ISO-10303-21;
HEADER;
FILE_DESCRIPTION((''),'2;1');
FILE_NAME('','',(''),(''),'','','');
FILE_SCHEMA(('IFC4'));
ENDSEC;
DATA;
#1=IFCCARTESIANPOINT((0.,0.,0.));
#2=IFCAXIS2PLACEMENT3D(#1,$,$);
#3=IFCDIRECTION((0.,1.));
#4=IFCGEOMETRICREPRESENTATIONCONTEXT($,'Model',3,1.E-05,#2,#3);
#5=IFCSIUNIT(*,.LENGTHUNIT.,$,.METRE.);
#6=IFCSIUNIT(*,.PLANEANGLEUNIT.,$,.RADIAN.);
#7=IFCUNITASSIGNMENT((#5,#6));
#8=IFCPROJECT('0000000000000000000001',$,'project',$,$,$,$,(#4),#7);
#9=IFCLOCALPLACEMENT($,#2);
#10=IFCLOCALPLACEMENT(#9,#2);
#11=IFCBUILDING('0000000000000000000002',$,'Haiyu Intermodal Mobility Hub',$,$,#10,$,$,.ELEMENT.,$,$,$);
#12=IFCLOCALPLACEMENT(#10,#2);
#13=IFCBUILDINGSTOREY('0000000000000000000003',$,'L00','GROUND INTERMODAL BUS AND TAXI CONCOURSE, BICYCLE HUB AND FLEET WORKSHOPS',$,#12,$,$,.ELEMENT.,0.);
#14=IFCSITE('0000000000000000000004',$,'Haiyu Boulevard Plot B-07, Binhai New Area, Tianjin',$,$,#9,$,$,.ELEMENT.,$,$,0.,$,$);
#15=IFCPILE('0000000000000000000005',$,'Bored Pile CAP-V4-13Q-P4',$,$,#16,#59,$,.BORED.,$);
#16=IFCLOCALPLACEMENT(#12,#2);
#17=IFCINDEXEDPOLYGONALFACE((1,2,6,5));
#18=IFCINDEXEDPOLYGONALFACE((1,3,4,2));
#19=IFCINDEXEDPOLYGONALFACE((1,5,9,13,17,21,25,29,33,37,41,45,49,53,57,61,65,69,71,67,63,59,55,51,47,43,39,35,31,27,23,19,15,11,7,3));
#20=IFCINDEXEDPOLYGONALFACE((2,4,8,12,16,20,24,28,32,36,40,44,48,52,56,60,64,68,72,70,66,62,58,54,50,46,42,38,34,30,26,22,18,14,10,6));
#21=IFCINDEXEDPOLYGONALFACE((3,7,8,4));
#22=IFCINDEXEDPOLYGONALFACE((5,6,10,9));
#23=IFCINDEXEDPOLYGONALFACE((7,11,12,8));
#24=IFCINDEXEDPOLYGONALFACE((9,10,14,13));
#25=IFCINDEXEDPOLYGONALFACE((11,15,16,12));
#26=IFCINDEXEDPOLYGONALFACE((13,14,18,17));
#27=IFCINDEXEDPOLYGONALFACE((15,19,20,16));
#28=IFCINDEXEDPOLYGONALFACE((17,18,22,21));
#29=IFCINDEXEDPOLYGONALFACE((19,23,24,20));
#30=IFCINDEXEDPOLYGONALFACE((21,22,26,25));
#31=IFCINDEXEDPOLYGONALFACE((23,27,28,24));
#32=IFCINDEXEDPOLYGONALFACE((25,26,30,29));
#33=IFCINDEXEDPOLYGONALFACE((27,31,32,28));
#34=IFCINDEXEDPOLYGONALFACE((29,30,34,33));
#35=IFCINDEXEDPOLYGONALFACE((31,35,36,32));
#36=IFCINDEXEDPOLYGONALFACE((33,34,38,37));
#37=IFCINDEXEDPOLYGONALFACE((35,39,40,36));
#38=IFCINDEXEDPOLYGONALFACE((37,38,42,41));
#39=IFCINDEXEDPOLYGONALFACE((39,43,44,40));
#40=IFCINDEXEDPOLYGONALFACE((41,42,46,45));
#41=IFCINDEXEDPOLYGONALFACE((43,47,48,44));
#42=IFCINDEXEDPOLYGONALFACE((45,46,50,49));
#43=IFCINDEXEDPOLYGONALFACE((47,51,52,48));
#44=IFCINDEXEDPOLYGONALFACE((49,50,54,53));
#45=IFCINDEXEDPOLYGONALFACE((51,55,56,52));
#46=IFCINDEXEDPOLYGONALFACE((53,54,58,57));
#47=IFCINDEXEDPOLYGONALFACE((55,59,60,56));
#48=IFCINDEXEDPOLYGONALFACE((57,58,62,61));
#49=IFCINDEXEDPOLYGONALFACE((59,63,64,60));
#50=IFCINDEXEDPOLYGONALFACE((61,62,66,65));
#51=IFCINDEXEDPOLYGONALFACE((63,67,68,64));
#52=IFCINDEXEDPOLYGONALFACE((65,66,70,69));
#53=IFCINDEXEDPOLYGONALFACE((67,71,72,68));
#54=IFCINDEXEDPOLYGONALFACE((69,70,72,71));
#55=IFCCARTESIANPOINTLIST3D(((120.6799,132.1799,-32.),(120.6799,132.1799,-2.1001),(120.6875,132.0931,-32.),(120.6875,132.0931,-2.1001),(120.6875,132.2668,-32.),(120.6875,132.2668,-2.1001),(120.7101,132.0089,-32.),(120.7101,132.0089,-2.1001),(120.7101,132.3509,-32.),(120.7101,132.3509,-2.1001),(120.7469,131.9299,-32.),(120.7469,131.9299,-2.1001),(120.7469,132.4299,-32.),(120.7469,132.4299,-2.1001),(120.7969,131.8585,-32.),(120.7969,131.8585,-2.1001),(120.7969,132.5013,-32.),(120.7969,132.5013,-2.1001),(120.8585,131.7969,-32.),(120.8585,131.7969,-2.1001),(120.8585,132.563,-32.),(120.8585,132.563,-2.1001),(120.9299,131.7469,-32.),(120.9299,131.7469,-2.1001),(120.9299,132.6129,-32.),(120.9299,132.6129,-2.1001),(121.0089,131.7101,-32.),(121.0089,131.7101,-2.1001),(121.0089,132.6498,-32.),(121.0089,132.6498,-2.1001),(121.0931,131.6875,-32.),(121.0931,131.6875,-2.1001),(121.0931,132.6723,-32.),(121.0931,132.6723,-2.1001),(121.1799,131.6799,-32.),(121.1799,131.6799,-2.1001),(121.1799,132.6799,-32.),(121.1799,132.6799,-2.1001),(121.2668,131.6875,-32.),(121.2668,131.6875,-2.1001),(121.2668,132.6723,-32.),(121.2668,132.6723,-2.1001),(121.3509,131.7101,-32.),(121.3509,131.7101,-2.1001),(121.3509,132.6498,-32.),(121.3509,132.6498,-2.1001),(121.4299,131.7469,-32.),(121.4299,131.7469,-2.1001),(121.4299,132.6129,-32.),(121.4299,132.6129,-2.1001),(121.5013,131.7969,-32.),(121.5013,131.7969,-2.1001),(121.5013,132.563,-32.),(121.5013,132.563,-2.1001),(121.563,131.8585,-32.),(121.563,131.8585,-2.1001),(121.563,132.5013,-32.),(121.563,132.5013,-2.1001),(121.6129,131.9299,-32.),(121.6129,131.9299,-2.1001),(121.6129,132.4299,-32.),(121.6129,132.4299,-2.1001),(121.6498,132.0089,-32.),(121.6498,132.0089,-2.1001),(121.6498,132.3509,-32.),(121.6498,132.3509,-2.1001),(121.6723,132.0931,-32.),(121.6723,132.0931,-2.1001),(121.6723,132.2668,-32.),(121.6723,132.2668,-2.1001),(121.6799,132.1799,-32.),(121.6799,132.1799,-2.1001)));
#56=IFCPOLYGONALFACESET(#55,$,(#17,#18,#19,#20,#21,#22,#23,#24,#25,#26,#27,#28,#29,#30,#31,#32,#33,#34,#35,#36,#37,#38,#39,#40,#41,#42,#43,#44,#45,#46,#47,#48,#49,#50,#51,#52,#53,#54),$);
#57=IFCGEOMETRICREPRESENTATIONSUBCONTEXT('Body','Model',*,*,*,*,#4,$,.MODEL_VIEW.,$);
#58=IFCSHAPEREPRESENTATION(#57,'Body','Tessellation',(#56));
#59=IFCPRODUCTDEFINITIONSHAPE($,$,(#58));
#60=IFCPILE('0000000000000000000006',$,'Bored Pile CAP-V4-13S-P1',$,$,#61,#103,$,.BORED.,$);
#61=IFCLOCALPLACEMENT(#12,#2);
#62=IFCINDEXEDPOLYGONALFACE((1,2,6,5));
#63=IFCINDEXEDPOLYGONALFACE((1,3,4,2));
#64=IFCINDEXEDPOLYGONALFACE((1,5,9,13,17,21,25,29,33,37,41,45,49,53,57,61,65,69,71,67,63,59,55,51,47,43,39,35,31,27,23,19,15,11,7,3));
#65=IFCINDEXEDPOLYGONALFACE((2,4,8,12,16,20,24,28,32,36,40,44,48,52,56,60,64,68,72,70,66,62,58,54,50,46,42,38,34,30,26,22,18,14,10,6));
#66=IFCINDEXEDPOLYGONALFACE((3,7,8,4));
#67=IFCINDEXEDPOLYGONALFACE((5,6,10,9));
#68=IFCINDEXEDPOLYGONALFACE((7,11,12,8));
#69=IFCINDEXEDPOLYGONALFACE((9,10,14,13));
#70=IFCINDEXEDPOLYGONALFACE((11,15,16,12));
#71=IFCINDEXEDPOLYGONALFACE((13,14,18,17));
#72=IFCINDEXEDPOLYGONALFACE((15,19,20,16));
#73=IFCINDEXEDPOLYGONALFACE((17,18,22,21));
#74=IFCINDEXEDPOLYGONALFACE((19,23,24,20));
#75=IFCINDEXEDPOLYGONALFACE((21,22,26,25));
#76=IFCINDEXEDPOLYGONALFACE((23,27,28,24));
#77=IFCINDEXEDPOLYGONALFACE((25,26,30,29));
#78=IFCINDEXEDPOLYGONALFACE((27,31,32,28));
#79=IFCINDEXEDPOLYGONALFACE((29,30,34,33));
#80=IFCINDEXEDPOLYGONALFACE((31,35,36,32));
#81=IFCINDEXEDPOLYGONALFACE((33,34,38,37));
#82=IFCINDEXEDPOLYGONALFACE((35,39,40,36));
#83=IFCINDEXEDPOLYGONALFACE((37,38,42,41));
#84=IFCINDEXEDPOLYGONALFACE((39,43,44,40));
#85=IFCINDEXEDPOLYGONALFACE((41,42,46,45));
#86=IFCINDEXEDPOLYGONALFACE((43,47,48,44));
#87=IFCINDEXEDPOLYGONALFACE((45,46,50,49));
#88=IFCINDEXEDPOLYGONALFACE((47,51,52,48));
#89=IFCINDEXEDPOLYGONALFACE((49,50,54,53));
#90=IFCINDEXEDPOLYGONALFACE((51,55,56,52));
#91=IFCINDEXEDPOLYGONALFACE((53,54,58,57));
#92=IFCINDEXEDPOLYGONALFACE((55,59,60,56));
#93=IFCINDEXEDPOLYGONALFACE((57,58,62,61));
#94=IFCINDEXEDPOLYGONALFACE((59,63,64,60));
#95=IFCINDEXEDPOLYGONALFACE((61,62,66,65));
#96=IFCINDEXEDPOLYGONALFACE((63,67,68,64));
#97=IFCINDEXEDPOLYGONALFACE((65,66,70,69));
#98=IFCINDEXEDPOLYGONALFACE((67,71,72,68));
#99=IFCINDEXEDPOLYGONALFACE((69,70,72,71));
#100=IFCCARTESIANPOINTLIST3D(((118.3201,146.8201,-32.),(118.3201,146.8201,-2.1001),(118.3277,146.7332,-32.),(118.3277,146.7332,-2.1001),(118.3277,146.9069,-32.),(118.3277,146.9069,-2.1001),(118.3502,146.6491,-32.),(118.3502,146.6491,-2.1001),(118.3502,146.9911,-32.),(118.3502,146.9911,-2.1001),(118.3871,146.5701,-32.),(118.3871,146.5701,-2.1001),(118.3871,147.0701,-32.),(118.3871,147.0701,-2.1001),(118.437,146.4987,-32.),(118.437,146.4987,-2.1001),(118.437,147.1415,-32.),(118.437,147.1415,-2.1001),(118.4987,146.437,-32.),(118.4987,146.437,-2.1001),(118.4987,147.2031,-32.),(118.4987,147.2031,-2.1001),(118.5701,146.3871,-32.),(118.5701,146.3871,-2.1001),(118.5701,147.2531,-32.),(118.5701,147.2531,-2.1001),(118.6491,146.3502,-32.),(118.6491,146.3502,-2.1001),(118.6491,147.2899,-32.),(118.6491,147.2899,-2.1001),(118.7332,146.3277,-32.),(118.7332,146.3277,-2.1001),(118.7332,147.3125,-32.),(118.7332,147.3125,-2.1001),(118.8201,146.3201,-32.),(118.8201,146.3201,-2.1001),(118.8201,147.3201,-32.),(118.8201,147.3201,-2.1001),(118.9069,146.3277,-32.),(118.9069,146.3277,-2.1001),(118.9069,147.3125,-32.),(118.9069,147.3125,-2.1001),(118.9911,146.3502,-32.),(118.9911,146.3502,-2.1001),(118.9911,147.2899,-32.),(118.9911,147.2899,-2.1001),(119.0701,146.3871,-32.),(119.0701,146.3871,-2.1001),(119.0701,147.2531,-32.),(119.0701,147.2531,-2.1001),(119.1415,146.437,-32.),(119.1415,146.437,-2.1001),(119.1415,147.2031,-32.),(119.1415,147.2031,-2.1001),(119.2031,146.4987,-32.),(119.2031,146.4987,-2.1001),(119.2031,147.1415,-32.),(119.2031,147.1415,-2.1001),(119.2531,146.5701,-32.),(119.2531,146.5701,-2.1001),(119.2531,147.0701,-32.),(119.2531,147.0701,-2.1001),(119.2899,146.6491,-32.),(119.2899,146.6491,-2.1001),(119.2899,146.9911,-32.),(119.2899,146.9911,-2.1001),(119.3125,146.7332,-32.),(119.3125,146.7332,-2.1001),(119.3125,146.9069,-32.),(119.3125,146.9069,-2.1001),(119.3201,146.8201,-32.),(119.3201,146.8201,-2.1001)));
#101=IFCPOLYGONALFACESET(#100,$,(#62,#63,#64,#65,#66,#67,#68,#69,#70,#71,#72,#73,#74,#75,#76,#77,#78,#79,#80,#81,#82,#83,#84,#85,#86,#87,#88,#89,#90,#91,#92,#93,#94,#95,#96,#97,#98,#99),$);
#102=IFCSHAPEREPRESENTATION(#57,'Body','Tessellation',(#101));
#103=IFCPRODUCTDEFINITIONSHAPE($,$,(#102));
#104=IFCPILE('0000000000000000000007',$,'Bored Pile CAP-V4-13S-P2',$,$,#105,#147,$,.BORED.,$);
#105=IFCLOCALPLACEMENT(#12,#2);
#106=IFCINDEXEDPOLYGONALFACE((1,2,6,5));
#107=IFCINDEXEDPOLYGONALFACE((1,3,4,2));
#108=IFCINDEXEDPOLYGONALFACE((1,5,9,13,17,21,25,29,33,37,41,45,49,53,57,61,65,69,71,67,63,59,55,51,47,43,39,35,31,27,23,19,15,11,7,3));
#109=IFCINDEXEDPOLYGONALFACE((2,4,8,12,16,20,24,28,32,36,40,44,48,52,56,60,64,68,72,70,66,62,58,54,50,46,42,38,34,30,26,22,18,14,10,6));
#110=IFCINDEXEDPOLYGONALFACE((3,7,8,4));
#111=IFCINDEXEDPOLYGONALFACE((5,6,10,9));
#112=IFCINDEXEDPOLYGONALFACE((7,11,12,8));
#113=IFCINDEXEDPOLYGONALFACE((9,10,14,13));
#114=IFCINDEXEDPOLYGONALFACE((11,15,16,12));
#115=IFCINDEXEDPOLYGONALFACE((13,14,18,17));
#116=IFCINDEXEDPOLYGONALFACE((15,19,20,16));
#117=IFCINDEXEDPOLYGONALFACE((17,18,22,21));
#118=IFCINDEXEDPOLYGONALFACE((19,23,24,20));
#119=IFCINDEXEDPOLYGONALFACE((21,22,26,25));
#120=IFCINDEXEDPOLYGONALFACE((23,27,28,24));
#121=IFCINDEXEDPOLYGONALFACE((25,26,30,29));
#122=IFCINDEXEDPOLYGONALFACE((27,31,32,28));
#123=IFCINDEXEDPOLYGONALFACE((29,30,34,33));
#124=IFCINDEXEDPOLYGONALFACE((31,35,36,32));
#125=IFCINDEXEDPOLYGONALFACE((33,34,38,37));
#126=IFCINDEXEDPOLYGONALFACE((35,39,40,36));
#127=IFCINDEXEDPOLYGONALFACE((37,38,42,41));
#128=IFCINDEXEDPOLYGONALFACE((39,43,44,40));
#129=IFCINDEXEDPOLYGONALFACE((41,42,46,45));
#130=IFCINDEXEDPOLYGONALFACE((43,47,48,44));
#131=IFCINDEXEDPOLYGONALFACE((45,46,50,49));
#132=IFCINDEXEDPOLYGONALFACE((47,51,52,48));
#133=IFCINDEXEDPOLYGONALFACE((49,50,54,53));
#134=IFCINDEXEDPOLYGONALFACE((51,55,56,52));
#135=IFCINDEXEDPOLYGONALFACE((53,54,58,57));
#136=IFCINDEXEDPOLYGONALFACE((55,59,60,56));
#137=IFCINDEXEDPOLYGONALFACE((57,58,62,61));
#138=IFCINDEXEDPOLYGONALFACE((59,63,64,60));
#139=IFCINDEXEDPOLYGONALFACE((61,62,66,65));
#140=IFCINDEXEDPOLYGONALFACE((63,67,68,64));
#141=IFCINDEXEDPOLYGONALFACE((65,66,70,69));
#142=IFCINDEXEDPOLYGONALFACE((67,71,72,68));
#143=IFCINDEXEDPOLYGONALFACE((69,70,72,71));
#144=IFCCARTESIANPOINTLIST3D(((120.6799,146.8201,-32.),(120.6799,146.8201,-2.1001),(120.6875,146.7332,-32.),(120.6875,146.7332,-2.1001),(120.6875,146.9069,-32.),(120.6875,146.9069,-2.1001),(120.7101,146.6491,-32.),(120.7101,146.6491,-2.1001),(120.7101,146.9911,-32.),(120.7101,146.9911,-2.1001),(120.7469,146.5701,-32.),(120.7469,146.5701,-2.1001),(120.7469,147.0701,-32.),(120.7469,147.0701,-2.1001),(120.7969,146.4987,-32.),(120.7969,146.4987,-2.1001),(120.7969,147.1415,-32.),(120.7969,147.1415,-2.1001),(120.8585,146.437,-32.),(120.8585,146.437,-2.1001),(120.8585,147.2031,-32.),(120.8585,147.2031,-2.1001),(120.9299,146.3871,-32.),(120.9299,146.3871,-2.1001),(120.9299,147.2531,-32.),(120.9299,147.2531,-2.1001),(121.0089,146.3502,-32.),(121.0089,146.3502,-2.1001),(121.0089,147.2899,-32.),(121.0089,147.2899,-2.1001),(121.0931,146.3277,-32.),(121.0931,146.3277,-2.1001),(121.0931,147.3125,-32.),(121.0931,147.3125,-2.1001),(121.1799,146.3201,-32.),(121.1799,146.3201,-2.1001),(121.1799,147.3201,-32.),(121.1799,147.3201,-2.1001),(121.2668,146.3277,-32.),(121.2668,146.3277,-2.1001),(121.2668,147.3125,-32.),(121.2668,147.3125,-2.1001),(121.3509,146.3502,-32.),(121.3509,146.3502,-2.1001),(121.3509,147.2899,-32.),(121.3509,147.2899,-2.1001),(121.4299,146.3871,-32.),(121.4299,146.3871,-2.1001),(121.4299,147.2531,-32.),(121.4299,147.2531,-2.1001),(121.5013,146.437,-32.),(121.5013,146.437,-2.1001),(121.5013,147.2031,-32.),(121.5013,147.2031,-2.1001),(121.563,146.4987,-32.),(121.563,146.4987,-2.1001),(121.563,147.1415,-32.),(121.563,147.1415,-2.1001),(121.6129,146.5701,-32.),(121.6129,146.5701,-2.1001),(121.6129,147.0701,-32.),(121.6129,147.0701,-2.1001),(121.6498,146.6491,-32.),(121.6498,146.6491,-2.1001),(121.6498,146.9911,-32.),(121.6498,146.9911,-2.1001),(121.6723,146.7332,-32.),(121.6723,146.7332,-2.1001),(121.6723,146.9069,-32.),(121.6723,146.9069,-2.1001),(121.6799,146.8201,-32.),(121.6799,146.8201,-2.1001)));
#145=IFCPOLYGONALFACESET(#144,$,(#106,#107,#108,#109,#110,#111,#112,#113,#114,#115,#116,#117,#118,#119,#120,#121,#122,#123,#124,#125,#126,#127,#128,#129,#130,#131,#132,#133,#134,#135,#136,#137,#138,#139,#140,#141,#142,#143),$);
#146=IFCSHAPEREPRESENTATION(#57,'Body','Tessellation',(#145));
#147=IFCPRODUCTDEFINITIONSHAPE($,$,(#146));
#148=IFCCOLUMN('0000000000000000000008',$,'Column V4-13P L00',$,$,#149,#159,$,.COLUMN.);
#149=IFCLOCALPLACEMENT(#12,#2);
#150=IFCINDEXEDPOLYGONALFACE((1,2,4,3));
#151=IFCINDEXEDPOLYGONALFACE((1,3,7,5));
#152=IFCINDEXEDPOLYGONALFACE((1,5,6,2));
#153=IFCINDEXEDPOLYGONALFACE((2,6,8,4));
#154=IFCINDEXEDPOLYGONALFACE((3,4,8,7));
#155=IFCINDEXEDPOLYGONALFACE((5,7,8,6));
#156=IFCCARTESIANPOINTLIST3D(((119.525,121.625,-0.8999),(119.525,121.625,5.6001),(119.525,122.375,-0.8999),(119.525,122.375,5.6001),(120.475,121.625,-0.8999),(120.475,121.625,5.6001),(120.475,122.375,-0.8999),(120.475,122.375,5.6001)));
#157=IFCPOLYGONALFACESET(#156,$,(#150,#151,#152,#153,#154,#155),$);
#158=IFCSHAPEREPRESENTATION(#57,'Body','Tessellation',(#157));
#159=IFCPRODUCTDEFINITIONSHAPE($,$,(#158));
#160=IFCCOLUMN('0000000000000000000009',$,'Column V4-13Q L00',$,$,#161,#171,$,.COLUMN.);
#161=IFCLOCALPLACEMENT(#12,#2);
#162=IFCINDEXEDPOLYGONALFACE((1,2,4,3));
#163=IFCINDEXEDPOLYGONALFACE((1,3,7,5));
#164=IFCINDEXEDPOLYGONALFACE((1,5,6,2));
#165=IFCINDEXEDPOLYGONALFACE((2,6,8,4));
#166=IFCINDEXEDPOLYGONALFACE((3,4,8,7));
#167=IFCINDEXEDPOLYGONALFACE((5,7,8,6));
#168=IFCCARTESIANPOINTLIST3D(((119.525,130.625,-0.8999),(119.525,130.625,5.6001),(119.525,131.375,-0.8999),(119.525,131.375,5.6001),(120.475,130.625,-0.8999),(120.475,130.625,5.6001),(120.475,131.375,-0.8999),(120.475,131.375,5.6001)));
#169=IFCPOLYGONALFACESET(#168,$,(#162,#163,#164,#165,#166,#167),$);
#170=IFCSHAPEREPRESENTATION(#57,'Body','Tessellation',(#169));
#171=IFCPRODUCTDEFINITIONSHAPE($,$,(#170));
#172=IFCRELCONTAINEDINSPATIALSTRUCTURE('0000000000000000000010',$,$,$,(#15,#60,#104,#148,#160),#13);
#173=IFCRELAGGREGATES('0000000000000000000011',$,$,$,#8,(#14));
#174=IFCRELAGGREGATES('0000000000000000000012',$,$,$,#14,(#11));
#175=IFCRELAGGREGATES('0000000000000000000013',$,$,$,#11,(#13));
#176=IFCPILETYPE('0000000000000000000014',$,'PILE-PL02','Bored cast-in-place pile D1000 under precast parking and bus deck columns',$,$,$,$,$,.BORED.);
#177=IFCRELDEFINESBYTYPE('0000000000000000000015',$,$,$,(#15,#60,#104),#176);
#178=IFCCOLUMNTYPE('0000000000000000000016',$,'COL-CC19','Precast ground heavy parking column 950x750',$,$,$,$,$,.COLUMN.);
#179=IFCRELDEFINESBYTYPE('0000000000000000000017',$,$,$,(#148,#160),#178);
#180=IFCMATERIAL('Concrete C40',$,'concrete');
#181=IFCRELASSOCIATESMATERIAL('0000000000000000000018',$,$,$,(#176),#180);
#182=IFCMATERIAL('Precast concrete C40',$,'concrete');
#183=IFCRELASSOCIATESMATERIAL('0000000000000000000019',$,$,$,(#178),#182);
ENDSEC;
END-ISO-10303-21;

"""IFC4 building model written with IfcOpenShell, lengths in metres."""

from ifc_helpers import new_model, si_unit, direction, frame, origin, origin_2d, place, context, subcontext, project, spatial, rectangle, circle, extrude, material, material_profile, profile_set, type_object, element, save


model = new_model("IFC4")

# Units and contexts
model_context = context("Model", 3, precision=1e-05, world=origin(), true_north=direction((0.0, 1.0)))
body_context = subcontext(model_context, "Body", "Model", "MODEL_VIEW")
ifc_project = project(units=[si_unit("LENGTHUNIT", "METRE"), si_unit("PLANEANGLEUNIT", "RADIAN")], contexts=[model_context])

# Site, building, storey
site_placement = place(None, origin())
site = spatial("IfcSite", under=ifc_project, at=site_placement, Name="Haiyu Boulevard Plot B-07, Binhai New Area, Tianjin", CompositionType="ELEMENT", RefElevation=0.0)
building_placement = place(site_placement, origin())
building = spatial("IfcBuilding", under=site, at=building_placement, Name="Haiyu Intermodal Mobility Hub", CompositionType="ELEMENT")
storey_placement = place(building_placement, origin())
storey = spatial("IfcBuildingStorey", under=building, at=storey_placement, Name="L00", Description="GROUND INTERMODAL BUS AND TAXI CONCOURSE, BICYCLE HUB AND FLEET WORKSHOPS", CompositionType="ELEMENT", Elevation=0.0)

# Shared definitions
ifc_material_1 = material(Name="Concrete C40", Category="concrete")

# Piles
ifc_material_profile_1 = material_profile(ifc_material_1, circle(Radius=0.5, at=origin_2d()), Name="PILE-D1000")
ifc_profile_set_1 = profile_set([ifc_material_profile_1], Name="Concrete C40")
pile_type = type_object("IfcPileType", Name="PILE-PL02", Description="Bored cast-in-place pile D1000 under precast parking and bus deck columns", PredefinedType="BORED", material=ifc_profile_set_1)
for number, where, z_axis, x_axis, name in (
    (1, (121.1799, 132.1799, -2.1001), (0.0, 0.0, -1.0), (1.0, 0.0, 0.0), "Bored Pile CAP-V4-13Q-P4"),
    (2, (118.8201, 146.8201, -2.1001), (0.0, 0.0, -1.0), (1.0, 0.0, 0.0), "Bored Pile CAP-V4-13S-P1"),
    (3, (121.1799, 146.8201, -2.1001), (0.0, 0.0, -1.0), (1.0, 0.0, 0.0), "Bored Pile CAP-V4-13S-P2"),
):
    element("IfcPile", number, at=place(storey_placement, frame(where, z_axis=z_axis, x_axis=x_axis)), inside=storey, type_object=pile_type, Name=name, PredefinedType="BORED", context=body_context, shape_type="SweptSolid", body=[
        extrude(circle(Radius=0.5, at=origin_2d()), origin(), (0.0, 0.0, 1.0), 29.8999),
    ])

# Columns
ifc_material_2 = material(Name="Precast concrete C40", Category="concrete")
ifc_material_profile_2 = material_profile(ifc_material_2, rectangle(XDim=0.95, YDim=0.75, at=origin_2d()), Name="C950x750")
ifc_profile_set_2 = profile_set([ifc_material_profile_2], Name="Precast concrete C40")
column_type = type_object("IfcColumnType", Name="COL-CC19", Description="Precast ground heavy parking column 950x750", PredefinedType="COLUMN", material=ifc_profile_set_2)
for number, where, z_axis, x_axis, name in (
    (4, (120.0, 122.0, -0.8999), (0.0, 0.0, 1.0), (1.0, 0.0, 0.0), "Column V4-13P L00"),
    (5, (120.0, 131.0, -0.8999), (0.0, 0.0, 1.0), (1.0, 0.0, 0.0), "Column V4-13Q L00"),
):
    element("IfcColumn", number, at=place(storey_placement, frame(where, z_axis=z_axis, x_axis=x_axis)), inside=storey, type_object=column_type, Name=name, PredefinedType="COLUMN", context=body_context, shape_type="SweptSolid", body=[
        extrude(rectangle(XDim=0.95, YDim=0.75, at=origin_2d()), origin(), (0.0, 0.0, 1.0), 6.5),
    ])

save(model, "model.ifc")
